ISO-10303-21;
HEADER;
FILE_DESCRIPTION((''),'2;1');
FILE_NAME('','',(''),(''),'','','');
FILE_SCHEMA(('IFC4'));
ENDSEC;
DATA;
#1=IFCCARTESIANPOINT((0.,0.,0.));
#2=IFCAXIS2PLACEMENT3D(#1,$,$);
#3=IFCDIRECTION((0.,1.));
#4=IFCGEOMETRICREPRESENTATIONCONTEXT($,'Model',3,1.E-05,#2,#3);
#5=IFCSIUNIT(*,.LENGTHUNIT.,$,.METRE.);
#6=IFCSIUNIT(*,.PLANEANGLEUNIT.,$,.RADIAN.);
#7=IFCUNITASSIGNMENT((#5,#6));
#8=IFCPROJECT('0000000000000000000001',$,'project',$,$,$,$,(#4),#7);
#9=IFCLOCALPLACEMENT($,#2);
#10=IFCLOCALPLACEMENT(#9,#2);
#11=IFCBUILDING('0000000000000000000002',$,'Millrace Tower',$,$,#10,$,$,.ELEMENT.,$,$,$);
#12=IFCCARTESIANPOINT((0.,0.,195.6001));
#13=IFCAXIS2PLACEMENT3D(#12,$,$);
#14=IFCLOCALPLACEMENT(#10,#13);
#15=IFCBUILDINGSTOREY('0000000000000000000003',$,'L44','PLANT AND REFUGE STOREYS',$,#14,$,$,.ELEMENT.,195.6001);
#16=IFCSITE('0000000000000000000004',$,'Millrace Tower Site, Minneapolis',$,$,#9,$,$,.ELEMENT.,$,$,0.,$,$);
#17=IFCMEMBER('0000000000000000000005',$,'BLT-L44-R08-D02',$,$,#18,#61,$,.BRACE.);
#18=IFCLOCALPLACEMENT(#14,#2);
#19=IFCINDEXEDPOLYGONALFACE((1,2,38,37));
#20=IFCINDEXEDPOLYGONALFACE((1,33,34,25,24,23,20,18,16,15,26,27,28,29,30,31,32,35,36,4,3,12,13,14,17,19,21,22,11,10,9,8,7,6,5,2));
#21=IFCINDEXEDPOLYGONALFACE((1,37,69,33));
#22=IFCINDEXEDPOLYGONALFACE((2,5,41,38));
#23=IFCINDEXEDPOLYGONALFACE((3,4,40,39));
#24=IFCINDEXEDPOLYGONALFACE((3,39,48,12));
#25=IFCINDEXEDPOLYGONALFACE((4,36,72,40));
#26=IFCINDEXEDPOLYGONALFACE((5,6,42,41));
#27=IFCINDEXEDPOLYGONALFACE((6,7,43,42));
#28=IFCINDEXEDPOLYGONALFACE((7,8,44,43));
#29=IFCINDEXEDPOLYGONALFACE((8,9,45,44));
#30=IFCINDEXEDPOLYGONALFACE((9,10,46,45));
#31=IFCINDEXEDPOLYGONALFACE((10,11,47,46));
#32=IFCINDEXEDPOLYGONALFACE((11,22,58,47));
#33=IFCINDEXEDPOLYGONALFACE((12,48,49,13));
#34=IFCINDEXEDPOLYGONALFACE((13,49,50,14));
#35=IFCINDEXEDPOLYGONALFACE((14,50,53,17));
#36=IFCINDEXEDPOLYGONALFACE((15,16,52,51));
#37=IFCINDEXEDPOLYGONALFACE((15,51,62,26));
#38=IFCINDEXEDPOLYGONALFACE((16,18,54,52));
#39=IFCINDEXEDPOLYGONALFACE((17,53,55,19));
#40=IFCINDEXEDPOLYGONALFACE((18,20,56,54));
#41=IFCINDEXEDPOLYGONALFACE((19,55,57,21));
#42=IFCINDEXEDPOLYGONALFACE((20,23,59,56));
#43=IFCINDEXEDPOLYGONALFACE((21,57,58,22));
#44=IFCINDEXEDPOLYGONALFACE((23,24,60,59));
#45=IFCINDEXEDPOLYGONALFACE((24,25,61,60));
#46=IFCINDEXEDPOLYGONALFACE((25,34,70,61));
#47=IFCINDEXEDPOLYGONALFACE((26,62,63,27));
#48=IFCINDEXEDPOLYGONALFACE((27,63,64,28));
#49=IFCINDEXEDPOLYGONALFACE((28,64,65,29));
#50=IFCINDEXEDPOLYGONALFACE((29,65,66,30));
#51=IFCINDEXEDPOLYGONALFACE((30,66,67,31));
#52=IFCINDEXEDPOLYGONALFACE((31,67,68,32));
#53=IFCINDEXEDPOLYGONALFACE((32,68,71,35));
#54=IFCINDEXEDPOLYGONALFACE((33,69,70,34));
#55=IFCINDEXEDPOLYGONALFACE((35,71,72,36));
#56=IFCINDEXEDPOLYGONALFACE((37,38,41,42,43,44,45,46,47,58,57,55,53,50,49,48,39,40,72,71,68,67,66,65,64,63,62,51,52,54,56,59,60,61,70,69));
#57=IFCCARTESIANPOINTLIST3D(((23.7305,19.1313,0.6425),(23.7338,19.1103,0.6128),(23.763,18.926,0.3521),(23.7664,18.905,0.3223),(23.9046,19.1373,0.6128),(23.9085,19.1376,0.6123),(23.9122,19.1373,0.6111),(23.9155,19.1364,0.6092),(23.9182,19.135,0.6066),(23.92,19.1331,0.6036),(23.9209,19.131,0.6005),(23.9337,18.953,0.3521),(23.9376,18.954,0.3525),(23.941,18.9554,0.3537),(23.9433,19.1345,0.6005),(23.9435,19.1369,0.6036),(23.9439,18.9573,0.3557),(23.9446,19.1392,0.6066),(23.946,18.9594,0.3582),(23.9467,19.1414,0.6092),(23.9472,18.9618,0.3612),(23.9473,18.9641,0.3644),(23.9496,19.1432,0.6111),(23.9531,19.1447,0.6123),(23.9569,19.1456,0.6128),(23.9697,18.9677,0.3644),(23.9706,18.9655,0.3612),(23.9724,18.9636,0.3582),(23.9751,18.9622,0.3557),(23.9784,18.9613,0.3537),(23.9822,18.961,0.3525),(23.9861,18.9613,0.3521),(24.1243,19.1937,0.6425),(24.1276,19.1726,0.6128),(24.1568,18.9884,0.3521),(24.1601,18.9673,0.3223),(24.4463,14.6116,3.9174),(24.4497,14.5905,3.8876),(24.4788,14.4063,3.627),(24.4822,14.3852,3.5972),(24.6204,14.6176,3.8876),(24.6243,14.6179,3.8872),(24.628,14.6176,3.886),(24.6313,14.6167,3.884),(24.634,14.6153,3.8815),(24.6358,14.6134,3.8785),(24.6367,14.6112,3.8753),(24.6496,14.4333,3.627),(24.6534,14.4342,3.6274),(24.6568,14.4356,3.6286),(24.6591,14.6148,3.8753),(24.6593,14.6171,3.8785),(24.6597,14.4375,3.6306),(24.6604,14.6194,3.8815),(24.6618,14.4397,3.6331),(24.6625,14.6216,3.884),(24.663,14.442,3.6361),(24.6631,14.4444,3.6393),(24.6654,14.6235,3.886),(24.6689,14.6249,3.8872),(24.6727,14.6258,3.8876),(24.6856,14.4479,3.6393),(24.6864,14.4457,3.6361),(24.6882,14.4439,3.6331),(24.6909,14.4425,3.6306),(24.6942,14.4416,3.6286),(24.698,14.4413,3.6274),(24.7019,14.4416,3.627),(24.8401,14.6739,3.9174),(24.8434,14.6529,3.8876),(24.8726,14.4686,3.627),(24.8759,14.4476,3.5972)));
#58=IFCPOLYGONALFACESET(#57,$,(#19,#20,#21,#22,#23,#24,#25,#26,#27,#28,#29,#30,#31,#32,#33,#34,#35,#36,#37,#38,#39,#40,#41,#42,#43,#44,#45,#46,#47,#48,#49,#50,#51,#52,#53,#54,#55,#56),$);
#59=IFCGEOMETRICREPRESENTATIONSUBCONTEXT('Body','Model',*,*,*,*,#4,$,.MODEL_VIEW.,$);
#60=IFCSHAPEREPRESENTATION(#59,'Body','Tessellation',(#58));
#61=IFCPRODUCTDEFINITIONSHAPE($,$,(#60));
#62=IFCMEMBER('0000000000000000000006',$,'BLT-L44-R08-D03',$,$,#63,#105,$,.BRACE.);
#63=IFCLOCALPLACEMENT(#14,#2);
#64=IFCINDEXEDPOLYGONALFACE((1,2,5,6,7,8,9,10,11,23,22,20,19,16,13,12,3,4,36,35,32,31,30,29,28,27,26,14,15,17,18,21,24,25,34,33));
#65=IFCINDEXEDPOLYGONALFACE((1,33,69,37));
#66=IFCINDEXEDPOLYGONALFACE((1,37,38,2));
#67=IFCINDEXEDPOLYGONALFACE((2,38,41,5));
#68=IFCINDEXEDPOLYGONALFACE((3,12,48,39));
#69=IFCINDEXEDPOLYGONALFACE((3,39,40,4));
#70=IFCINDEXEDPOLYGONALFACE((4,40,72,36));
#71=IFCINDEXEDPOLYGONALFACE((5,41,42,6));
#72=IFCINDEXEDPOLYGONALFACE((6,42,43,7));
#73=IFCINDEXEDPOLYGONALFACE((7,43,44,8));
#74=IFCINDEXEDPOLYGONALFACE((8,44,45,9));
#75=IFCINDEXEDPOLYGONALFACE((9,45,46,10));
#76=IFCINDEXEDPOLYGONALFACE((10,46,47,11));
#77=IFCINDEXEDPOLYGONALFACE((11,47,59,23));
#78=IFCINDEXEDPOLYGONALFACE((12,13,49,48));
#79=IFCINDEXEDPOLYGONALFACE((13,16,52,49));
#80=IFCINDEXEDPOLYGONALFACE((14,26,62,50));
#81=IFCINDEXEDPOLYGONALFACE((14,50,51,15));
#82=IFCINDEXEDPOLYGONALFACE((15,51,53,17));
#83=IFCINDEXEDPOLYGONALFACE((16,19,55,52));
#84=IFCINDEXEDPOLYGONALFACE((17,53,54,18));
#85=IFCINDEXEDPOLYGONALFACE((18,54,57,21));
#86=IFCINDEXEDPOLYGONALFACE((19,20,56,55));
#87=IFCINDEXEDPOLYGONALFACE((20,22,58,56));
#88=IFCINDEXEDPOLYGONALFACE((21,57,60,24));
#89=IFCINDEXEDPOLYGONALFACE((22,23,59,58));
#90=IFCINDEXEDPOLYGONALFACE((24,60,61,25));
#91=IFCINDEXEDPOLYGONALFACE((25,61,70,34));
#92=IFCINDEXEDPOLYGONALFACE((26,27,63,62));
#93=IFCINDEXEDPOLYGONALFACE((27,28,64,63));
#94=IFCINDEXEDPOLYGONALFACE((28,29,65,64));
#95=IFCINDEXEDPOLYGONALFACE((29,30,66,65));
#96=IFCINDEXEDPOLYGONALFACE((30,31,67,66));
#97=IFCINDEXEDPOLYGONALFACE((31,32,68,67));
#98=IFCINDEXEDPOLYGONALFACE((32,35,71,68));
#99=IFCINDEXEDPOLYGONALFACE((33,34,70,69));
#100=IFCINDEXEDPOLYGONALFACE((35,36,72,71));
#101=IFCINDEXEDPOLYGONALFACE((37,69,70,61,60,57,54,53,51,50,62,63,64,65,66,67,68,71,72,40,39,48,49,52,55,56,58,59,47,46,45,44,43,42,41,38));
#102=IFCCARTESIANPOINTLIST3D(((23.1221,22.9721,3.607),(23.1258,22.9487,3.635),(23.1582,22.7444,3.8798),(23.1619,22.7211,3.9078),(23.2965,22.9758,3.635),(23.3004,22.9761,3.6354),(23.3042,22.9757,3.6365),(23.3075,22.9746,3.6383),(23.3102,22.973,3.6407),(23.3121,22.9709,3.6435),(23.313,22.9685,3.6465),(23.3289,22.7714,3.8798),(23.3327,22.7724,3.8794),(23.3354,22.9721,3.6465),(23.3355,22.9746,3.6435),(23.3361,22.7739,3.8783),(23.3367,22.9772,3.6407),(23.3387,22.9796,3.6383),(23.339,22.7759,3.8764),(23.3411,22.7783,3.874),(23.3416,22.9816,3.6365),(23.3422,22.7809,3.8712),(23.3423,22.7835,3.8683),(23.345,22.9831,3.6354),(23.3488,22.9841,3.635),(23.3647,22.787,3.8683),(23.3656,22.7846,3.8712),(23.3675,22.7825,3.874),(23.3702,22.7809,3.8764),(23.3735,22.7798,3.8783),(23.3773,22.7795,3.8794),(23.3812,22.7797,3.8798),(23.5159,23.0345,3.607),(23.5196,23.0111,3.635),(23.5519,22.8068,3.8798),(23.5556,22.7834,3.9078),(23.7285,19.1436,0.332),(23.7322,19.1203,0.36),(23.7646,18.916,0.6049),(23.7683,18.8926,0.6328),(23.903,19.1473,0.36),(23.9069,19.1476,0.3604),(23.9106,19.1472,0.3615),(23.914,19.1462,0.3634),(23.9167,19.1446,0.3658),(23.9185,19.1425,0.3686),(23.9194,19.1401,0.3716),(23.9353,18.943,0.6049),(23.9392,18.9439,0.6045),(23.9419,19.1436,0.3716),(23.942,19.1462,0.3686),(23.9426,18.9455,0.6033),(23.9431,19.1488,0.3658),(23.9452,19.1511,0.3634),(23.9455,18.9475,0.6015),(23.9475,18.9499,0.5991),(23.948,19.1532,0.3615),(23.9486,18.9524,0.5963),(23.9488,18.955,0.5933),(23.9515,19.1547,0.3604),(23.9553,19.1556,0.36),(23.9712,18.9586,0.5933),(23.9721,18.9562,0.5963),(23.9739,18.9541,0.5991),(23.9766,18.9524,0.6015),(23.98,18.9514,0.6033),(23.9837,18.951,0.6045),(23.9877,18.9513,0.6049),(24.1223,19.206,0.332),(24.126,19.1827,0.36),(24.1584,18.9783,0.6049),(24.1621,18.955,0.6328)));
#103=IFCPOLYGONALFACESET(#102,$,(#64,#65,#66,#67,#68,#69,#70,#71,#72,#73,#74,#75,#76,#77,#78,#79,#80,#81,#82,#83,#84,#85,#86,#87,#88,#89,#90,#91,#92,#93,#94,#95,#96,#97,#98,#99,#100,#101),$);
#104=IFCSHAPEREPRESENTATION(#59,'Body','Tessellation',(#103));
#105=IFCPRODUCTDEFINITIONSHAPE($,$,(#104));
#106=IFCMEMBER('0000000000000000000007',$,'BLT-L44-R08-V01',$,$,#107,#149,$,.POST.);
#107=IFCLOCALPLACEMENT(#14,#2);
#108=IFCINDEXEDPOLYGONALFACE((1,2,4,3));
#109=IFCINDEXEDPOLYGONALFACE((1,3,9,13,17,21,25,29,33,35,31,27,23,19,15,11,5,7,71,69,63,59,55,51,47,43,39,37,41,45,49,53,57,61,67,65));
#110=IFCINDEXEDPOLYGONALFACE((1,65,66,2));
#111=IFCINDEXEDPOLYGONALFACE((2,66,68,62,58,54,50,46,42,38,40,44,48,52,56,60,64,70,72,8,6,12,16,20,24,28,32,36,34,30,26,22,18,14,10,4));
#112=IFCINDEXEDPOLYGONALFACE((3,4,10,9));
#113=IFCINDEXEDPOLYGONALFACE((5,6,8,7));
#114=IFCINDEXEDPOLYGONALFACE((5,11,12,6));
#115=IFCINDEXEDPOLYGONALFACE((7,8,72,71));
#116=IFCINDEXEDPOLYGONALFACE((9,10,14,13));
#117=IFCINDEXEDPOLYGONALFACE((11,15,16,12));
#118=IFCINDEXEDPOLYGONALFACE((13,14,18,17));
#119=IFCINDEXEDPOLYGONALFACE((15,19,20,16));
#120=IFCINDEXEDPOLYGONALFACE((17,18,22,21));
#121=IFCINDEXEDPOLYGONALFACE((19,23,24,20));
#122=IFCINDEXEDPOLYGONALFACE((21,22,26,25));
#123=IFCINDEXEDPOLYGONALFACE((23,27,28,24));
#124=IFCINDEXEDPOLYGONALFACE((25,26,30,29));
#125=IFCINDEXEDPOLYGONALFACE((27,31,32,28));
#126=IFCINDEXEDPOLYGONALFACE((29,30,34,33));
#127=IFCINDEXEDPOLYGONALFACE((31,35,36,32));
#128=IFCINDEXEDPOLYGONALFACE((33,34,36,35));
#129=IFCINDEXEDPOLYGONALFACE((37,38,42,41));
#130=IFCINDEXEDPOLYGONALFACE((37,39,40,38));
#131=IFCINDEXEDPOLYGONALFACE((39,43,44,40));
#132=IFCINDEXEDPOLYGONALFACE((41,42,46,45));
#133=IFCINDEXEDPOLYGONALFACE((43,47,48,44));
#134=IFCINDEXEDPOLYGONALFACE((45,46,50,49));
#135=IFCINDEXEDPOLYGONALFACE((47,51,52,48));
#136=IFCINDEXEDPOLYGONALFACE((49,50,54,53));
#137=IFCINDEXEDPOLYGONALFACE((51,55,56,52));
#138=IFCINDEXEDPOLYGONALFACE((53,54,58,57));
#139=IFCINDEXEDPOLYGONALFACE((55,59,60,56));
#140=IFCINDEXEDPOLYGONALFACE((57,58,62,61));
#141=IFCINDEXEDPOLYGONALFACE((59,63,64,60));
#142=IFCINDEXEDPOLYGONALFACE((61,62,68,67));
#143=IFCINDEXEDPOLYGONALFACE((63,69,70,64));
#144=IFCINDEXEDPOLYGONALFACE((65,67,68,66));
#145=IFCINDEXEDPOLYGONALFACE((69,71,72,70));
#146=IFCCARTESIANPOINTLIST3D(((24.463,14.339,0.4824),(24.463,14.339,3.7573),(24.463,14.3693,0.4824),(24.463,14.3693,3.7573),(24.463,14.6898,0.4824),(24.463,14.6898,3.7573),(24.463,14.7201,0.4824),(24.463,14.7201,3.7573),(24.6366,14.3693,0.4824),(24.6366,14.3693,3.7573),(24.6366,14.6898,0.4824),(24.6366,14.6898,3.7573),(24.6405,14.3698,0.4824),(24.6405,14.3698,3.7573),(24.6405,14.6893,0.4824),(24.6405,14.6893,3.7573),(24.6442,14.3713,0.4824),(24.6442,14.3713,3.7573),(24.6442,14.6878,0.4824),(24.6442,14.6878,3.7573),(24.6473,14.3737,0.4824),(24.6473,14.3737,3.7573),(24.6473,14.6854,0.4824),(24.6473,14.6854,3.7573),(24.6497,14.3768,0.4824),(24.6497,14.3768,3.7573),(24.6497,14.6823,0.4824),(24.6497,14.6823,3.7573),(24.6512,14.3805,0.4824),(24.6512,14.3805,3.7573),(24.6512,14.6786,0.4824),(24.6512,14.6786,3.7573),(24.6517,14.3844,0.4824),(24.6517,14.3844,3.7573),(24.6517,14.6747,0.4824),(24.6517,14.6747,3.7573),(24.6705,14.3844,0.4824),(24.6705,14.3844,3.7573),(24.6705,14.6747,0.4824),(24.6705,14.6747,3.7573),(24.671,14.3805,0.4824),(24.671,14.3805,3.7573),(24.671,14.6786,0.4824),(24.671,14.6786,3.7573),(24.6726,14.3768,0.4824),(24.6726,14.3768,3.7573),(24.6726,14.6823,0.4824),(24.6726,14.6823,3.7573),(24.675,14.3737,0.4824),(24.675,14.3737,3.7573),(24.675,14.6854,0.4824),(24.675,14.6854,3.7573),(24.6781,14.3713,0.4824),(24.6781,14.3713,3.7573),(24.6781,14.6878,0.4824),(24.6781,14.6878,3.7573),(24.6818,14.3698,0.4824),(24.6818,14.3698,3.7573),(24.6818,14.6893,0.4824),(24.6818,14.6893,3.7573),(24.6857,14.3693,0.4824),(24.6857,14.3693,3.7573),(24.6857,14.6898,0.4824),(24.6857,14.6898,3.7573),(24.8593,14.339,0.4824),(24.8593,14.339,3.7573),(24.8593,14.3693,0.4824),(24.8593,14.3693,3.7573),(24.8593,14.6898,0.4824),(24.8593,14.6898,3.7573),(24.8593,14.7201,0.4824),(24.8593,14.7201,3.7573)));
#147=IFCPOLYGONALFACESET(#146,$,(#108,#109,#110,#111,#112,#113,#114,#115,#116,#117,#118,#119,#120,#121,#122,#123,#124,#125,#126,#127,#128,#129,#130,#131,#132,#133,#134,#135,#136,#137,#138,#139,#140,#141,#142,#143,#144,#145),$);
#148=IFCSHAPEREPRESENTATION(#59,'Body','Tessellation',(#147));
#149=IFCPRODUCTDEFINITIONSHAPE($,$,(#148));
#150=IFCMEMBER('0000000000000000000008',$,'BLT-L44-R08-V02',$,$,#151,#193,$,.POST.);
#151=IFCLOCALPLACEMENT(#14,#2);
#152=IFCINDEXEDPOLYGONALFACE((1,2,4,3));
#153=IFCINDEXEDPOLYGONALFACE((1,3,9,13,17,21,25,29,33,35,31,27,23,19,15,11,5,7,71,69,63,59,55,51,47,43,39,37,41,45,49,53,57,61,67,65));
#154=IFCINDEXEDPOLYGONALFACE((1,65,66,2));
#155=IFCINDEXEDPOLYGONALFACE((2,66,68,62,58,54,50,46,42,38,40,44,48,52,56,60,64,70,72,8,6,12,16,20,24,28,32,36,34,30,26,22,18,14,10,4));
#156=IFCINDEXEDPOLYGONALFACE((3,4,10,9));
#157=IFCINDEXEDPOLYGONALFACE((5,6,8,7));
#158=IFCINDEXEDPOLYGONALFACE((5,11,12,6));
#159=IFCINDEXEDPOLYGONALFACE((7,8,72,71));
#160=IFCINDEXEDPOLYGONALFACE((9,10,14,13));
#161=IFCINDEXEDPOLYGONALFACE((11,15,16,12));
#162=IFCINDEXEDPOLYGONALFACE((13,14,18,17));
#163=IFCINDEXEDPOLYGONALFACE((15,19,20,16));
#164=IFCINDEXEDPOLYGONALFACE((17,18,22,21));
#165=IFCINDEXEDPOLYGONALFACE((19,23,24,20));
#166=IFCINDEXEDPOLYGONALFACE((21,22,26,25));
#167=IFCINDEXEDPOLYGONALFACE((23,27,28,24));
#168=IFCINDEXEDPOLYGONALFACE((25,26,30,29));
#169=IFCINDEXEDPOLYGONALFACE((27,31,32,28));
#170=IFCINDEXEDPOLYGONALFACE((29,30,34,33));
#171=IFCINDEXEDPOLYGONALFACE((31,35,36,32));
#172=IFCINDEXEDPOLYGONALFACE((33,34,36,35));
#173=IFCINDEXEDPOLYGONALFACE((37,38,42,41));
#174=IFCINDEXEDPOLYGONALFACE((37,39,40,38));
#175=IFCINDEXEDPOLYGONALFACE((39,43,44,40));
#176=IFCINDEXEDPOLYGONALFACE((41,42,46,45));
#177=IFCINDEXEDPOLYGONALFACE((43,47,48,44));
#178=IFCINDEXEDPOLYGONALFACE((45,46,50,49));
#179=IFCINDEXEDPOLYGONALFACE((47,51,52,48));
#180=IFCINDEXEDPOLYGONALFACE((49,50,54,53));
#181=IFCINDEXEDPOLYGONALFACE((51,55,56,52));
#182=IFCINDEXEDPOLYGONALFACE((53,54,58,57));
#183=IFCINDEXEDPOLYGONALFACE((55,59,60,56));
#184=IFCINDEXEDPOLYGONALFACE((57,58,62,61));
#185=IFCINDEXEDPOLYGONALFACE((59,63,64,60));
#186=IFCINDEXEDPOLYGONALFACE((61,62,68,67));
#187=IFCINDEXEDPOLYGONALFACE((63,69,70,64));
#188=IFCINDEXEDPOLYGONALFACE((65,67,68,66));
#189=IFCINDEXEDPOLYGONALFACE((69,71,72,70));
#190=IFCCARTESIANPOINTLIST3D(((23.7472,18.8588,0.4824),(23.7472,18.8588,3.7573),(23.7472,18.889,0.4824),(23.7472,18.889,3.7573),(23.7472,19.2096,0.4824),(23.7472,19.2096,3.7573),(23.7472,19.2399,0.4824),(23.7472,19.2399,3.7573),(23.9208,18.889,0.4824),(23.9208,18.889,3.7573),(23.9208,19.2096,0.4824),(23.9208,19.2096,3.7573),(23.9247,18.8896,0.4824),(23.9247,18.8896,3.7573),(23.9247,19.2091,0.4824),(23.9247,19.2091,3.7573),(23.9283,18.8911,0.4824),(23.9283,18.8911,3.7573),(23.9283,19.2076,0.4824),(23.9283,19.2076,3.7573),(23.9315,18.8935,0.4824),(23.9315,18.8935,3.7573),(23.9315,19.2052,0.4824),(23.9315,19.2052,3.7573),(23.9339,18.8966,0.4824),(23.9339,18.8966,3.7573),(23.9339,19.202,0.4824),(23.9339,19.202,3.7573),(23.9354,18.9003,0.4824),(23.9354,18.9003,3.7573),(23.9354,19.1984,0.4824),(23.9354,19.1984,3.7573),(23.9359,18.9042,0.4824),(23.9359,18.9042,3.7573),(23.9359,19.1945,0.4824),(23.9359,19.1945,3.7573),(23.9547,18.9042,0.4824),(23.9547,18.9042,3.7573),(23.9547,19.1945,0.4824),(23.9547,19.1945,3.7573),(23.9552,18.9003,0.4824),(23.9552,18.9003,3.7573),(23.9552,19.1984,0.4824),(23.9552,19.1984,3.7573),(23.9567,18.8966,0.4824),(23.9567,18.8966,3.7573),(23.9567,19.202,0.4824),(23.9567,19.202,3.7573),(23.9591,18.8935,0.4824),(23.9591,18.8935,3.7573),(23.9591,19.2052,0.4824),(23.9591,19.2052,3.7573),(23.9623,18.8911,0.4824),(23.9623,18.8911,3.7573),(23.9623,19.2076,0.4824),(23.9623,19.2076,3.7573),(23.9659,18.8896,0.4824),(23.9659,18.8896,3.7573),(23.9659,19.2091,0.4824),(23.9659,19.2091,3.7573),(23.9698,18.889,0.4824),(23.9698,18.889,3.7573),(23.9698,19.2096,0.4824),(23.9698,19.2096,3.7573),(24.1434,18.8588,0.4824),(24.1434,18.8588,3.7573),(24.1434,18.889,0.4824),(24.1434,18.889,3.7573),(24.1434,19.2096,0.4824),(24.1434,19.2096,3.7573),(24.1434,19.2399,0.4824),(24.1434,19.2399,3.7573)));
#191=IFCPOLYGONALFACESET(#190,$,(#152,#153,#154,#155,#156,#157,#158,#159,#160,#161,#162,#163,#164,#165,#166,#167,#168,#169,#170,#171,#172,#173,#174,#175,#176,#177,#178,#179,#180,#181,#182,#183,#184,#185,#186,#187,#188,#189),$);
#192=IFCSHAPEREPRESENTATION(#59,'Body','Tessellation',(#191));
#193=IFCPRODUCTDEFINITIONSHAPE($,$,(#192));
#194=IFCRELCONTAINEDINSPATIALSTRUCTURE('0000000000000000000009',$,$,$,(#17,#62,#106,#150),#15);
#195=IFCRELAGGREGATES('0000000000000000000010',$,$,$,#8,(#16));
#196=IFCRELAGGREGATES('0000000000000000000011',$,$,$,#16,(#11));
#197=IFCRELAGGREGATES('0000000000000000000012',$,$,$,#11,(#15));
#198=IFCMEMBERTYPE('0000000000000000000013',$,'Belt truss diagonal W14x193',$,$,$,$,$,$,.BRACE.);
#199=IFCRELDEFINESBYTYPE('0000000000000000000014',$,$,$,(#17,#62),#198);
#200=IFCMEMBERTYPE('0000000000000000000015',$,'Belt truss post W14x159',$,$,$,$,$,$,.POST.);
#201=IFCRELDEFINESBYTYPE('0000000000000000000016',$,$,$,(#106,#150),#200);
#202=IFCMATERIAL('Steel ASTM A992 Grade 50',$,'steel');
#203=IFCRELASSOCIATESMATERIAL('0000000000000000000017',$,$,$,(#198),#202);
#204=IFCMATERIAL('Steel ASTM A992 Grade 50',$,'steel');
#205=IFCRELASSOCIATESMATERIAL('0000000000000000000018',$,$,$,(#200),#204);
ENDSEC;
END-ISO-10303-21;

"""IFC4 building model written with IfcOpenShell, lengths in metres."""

from ifc_helpers import new_model, si_unit, direction, frame, origin, origin_2d, place, context, subcontext, project, spatial, i_section, extrude, material, material_profile, profile_set, type_object, element, save


model = new_model("IFC4")

# Units and contexts
model_context = context("Model", 3, precision=1e-05, world=origin(), true_north=direction((0.0, 1.0)))
body_context = subcontext(model_context, "Body", "Model", "MODEL_VIEW")
ifc_project = project(units=[si_unit("LENGTHUNIT", "METRE"), si_unit("PLANEANGLEUNIT", "RADIAN")], contexts=[model_context])

# Site, building, storey
site_placement = place(None, origin())
site = spatial("IfcSite", under=ifc_project, at=site_placement, Name="Millrace Tower Site, Minneapolis", CompositionType="ELEMENT", RefElevation=0.0)
building_placement = place(site_placement, origin())
building = spatial("IfcBuilding", under=site, at=building_placement, Name="Millrace Tower", CompositionType="ELEMENT")
storey_placement = place(building_placement, frame((0.0, 0.0, 195.6001)))
storey = spatial("IfcBuildingStorey", under=building, at=storey_placement, Name="L44", Description="PLANT AND REFUGE STOREYS", CompositionType="ELEMENT", Elevation=195.6001)

# Members
ifc_material_1 = material(Name="Steel ASTM A992 Grade 50", Category="steel")
ifc_material_profile_1 = material_profile(ifc_material_1, i_section(OverallWidth=0.3987, OverallDepth=0.3938, WebThickness=0.0227, FlangeThickness=0.0366, FilletRadius=0.0151, at=origin_2d()))
ifc_profile_set_1 = profile_set([ifc_material_profile_1], Name="Steel ASTM A992 Grade 50")
member_type_1 = type_object("IfcMemberType", Name="Belt truss diagonal W14x193", PredefinedType="BRACE", material=ifc_profile_set_1)
member_1_placement = place(storey_placement, frame((23.9453, 19.0493, 0.4824), z_axis=(0.127206, -0.803197, 0.581974), x_axis=(0.98769, 0.156426, 0.0)))
element("IfcMember", 1, at=member_1_placement, inside=storey, type_object=member_type_1, Name="BLT-L44-R08-D02", PredefinedType="BRACE", context=body_context, shape_type="SweptSolid", body=[
    extrude(i_section(OverallWidth=0.3987, OverallDepth=0.3938, WebThickness=0.0227, FlangeThickness=0.0366, FilletRadius=0.0151, at=origin_2d()), origin(), (0.0, 0.0, 1.0), 5.6272),
])
member_2_placement = place(storey_placement, frame((23.9453, 19.0493, 0.4824), z_axis=(-0.119512, 0.754453, 0.645382), x_axis=(-0.987685, -0.156457, 0.0)))
element("IfcMember", 2, at=member_2_placement, inside=storey, type_object=member_type_1, Name="BLT-L44-R08-D03", PredefinedType="BRACE", context=body_context, shape_type="SweptSolid", body=[
    extrude(i_section(OverallWidth=0.3987, OverallDepth=0.3938, WebThickness=0.0227, FlangeThickness=0.0366, FilletRadius=0.0151, at=origin_2d()), origin(), (0.0, 0.0, 1.0), 5.0745),
])
ifc_material_2 = material(Name="Steel ASTM A992 Grade 50", Category="steel")
ifc_material_profile_2 = material_profile(ifc_material_2, i_section(OverallWidth=0.3962, OverallDepth=0.3811, WebThickness=0.0188, FlangeThickness=0.0303, FilletRadius=0.0151, at=origin_2d()))
ifc_profile_set_2 = profile_set([ifc_material_profile_2], Name="Steel ASTM A992 Grade 50")
member_type_2 = type_object("IfcMemberType", Name="Belt truss post W14x159", PredefinedType="POST", material=ifc_profile_set_2)
for number, where, z_axis, x_axis, name in (
    (3, (24.6611, 14.5295, 0.4824), (0.0, 0.0, 1.0), (1.0, 0.0, 0.0), "BLT-L44-R08-V01"),
    (4, (23.9453, 19.0493, 0.4824), (0.0, 0.0, 1.0), (1.0, 0.0, 0.0), "BLT-L44-R08-V02"),
):
    element("IfcMember", number, at=place(storey_placement, frame(where, z_axis=z_axis, x_axis=x_axis)), inside=storey, type_object=member_type_2, Name=name, PredefinedType="POST", context=body_context, shape_type="SweptSolid", body=[
        extrude(i_section(OverallWidth=0.3962, OverallDepth=0.3811, WebThickness=0.0188, FlangeThickness=0.0303, FilletRadius=0.0151, at=origin_2d()), origin(), (0.0, 0.0, 1.0), 3.2749),
    ])

save(model, "model.ifc")
